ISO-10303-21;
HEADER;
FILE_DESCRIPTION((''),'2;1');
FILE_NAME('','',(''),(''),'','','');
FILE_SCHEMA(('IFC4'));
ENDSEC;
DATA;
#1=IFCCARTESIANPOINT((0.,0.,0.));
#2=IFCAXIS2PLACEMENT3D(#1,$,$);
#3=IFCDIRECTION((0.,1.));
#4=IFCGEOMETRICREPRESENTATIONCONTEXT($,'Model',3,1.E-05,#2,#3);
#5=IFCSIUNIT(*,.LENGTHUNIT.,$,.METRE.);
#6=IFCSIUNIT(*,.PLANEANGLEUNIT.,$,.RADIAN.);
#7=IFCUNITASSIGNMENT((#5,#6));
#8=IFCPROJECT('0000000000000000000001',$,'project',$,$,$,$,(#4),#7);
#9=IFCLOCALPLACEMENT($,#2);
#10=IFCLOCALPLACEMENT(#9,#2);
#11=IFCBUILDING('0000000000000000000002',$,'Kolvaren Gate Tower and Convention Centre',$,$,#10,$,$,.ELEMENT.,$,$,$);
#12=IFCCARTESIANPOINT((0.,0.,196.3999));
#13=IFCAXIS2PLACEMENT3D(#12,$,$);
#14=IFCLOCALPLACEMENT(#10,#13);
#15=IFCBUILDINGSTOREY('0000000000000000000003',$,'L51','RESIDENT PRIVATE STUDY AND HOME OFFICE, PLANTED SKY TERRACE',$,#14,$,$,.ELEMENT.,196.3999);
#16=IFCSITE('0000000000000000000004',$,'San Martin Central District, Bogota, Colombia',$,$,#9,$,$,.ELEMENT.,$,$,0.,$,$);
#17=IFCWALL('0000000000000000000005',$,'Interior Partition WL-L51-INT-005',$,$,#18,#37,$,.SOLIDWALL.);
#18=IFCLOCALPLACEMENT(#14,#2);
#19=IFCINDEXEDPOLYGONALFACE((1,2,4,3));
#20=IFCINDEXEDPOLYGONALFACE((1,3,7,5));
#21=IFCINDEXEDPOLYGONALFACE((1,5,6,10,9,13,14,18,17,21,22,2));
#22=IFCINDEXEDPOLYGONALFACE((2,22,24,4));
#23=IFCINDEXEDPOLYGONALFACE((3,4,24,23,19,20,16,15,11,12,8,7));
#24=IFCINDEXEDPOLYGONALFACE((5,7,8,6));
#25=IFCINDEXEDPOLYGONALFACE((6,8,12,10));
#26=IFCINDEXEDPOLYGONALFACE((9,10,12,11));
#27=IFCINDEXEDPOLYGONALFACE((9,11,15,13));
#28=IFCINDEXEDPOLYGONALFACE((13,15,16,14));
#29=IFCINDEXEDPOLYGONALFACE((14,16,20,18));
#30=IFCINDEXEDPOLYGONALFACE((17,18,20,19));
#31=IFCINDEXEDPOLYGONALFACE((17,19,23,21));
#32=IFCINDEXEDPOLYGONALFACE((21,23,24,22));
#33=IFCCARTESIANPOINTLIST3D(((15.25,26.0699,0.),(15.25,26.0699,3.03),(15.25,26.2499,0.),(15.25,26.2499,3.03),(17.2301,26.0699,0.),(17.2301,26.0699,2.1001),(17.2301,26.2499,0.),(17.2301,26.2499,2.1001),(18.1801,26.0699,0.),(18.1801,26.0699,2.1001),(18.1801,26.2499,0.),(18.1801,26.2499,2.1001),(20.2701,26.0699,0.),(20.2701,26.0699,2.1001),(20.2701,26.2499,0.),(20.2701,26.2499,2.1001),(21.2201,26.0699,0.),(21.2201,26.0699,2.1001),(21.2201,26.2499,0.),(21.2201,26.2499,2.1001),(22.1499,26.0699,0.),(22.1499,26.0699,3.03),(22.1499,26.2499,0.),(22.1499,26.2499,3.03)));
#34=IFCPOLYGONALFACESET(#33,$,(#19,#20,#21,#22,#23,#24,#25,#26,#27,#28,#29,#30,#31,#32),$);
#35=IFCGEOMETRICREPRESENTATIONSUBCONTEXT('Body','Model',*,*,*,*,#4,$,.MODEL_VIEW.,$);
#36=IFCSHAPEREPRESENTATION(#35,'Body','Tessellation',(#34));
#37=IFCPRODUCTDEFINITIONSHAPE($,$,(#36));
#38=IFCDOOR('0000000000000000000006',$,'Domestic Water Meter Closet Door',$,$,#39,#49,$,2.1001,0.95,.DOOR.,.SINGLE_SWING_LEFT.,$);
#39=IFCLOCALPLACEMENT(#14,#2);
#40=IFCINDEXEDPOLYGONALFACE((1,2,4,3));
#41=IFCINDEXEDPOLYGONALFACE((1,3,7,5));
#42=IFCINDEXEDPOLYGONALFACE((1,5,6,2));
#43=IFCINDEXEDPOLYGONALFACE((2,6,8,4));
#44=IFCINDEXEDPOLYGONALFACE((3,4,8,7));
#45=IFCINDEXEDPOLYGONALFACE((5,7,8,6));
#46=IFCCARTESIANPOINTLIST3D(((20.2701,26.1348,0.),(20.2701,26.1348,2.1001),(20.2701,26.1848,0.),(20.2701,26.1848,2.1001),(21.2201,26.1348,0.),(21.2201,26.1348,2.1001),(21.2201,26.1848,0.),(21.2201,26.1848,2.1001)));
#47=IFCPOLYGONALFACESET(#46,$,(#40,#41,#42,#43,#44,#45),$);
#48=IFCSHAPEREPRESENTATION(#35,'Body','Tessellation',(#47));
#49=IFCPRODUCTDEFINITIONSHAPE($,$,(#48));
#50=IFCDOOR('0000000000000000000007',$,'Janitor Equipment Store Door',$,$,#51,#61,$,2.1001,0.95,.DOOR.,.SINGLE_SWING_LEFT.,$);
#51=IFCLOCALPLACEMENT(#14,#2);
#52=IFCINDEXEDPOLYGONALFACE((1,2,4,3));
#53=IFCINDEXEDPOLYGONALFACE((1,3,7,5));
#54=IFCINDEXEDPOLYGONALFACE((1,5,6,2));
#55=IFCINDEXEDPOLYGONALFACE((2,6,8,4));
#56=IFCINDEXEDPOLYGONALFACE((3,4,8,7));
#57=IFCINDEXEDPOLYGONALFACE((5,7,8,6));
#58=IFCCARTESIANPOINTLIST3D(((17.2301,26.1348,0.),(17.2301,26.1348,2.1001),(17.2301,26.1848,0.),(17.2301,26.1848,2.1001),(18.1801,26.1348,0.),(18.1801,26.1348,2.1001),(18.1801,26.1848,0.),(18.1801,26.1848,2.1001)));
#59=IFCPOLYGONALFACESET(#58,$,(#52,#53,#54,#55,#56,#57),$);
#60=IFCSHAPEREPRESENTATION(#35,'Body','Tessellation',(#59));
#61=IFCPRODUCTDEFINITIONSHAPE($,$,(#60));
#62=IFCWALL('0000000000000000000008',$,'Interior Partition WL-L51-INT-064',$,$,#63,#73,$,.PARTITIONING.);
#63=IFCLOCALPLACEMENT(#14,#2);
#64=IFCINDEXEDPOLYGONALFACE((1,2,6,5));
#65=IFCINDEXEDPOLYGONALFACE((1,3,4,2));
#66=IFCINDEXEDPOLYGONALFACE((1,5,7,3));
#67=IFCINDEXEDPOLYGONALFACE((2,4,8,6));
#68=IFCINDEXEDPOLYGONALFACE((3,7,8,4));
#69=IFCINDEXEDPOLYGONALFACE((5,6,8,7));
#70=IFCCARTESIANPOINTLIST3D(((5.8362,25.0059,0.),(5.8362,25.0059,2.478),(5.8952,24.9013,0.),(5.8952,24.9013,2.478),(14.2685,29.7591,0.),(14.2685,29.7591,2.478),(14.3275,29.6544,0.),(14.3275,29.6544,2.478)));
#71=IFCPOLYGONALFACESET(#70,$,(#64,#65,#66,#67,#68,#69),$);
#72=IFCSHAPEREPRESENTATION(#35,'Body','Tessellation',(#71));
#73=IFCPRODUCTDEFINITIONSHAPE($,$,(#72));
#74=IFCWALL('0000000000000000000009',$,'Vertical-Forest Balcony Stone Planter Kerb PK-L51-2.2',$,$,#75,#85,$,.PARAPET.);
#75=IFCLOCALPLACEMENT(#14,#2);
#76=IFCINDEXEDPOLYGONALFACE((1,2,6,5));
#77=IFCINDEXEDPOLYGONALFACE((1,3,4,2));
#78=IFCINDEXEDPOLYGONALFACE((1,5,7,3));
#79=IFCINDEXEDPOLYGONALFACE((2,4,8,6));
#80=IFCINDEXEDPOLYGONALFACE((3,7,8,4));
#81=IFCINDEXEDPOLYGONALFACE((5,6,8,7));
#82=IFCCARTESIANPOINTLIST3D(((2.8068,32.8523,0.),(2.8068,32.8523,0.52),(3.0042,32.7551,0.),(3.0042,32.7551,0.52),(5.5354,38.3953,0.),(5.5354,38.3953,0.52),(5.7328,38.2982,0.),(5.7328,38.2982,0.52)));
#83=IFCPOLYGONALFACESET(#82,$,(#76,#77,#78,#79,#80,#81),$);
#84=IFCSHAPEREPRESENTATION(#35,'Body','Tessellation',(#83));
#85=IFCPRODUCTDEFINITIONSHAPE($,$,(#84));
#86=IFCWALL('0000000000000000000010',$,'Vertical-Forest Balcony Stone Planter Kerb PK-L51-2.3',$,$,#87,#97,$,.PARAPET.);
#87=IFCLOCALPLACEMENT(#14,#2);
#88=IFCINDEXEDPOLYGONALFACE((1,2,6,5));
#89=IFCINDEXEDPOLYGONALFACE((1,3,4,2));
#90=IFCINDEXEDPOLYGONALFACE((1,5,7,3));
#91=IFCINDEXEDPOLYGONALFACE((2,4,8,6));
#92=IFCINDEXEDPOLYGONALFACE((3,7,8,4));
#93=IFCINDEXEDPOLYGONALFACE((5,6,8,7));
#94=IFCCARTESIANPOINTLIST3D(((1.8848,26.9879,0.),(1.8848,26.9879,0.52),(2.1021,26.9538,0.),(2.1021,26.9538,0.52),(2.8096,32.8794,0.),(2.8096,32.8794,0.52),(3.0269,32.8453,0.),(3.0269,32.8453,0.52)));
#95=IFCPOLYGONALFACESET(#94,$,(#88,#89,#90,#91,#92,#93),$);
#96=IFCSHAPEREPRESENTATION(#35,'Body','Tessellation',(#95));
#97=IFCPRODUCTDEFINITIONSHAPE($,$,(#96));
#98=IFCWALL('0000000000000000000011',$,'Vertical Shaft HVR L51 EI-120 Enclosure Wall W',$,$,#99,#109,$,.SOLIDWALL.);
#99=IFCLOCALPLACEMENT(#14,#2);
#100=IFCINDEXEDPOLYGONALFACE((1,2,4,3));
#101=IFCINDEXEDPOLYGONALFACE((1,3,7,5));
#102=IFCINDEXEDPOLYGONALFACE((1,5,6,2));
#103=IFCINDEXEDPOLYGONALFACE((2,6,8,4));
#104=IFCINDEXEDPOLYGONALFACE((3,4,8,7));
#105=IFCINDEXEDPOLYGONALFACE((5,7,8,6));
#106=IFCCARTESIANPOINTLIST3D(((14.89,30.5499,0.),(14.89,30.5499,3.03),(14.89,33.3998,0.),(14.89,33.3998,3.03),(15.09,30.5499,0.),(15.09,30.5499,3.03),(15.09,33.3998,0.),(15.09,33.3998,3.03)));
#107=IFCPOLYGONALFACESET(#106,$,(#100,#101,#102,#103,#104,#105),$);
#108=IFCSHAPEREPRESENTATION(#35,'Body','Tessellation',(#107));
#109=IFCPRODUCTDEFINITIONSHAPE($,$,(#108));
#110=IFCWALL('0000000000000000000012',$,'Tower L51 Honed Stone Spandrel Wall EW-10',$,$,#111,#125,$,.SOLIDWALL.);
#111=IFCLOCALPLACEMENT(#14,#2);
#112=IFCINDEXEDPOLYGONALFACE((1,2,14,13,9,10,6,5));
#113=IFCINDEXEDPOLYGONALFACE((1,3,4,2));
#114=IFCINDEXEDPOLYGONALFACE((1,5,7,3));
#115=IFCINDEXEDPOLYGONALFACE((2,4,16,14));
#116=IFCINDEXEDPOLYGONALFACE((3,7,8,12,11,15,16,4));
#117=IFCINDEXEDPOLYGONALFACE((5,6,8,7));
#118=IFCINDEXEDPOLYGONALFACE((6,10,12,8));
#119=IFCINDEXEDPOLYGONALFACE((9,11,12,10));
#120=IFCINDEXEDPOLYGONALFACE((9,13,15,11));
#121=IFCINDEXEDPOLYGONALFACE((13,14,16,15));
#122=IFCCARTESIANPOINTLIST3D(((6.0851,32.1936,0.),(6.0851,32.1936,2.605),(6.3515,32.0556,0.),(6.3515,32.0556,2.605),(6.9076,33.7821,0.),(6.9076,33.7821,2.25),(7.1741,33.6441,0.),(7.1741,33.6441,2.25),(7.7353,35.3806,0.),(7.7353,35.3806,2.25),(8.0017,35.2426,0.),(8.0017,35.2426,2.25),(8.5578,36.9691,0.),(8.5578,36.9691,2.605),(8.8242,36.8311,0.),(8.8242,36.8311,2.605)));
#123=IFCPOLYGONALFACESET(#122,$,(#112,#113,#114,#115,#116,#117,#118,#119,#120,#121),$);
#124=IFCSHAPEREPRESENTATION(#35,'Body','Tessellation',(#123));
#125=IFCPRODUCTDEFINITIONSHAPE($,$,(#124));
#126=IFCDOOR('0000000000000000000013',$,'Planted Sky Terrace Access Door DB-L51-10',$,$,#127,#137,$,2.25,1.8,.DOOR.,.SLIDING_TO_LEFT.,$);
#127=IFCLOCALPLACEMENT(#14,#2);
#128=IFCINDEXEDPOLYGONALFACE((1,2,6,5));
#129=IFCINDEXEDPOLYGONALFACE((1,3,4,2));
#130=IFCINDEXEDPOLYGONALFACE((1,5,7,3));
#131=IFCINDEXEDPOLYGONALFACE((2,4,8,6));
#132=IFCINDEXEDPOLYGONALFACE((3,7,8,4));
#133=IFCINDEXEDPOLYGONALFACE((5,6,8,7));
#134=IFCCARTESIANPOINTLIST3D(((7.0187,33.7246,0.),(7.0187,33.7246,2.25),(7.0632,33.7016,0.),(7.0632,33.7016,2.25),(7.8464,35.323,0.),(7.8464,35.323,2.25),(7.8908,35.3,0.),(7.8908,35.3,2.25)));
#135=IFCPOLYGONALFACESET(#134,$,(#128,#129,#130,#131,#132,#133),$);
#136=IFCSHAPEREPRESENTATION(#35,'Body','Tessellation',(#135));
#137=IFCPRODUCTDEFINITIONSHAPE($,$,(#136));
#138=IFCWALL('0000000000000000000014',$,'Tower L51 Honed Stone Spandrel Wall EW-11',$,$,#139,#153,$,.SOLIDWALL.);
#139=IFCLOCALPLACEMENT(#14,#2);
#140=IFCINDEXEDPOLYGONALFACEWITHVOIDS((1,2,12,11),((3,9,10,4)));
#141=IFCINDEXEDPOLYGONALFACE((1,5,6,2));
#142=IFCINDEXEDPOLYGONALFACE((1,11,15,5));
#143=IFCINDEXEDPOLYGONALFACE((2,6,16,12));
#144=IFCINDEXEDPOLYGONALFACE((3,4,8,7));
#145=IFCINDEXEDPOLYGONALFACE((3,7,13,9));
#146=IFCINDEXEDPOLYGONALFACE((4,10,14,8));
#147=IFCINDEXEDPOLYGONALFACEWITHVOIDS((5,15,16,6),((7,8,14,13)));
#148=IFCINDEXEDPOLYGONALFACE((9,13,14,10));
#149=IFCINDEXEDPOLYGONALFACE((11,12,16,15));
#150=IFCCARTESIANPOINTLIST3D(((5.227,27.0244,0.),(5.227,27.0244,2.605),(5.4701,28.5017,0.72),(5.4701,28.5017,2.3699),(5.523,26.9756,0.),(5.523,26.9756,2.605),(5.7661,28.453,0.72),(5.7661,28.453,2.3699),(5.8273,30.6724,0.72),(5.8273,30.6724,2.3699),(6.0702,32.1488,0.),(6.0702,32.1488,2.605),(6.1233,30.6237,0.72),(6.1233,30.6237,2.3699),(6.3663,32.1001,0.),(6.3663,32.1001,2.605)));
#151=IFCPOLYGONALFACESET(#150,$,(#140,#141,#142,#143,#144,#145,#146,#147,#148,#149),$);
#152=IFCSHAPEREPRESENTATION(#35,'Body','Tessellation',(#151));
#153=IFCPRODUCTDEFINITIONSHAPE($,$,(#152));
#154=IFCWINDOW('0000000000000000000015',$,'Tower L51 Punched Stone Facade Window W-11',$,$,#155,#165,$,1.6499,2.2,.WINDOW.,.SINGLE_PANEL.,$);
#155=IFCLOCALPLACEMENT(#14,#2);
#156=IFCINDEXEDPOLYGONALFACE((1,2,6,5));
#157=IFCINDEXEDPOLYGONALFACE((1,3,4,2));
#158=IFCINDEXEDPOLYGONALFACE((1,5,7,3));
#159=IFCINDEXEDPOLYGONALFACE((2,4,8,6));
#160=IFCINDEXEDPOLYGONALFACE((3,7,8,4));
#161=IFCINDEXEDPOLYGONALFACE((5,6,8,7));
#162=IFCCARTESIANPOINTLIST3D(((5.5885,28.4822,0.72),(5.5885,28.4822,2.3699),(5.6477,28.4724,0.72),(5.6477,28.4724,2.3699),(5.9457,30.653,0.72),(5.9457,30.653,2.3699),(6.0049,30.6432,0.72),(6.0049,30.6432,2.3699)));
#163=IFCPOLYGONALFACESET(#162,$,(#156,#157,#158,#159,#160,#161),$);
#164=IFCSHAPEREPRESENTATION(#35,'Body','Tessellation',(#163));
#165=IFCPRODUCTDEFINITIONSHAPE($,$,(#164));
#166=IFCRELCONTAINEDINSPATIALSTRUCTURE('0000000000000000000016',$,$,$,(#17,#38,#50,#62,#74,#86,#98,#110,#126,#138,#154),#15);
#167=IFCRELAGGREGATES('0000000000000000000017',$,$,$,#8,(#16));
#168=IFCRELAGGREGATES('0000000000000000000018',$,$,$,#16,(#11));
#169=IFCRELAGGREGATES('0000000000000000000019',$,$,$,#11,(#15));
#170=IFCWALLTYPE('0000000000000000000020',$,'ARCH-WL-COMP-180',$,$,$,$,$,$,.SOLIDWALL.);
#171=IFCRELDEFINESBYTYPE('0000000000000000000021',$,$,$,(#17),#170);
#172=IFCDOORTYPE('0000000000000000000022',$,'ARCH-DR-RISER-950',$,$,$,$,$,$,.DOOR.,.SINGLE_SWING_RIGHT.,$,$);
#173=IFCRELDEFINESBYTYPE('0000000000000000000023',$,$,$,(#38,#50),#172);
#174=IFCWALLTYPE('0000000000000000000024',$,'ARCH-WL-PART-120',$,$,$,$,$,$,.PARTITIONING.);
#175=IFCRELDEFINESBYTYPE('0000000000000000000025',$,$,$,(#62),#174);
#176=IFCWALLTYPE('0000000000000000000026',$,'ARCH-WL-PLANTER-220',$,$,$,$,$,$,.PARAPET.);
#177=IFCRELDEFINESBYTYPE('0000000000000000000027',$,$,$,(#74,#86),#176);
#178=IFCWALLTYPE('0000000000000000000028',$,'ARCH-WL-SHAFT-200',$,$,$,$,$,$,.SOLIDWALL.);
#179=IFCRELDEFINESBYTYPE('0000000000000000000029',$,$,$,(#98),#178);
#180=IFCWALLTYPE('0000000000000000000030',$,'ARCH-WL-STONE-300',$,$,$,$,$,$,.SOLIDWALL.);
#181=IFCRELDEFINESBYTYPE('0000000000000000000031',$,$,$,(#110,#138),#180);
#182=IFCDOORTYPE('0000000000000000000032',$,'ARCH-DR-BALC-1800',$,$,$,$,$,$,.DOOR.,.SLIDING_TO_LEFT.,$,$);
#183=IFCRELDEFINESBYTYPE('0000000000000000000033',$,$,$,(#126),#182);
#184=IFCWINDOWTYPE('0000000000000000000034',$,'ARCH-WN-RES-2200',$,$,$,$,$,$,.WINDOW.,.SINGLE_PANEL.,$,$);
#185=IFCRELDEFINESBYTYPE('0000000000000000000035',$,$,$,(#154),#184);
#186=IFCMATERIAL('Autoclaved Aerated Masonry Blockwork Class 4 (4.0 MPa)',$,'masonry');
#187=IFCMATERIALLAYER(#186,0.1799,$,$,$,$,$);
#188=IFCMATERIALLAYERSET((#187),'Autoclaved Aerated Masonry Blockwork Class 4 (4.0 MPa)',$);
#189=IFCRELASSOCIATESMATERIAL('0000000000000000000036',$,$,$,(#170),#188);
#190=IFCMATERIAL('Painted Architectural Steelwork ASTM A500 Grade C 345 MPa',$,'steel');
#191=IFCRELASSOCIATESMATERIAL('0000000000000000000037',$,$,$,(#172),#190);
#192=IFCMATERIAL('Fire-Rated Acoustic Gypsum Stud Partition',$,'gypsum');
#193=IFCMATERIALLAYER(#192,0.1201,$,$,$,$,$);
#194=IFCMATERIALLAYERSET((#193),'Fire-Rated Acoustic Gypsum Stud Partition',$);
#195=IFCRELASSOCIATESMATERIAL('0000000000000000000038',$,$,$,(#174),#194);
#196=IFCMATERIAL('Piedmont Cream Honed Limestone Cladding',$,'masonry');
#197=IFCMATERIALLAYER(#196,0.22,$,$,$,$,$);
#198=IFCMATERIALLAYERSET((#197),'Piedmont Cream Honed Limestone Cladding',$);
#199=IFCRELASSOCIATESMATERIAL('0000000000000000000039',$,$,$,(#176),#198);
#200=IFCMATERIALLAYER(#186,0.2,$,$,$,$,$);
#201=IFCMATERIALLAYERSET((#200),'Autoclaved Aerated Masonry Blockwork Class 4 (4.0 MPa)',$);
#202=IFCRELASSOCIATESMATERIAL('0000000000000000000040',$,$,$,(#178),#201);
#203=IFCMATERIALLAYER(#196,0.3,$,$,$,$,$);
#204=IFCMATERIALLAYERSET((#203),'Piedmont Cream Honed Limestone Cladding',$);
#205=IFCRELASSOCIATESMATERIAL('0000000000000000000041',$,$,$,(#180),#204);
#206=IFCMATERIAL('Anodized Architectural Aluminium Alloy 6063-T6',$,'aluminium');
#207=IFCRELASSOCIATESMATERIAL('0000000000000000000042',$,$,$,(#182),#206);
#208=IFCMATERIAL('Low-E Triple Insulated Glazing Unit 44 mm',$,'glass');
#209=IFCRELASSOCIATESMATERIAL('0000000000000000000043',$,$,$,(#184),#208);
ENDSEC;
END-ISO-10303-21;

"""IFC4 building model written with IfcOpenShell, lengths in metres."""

from ifc_helpers import new_model, si_unit, direction, frame, frame_2d, origin, place, context, subcontext, project, spatial, rectangle, extrude, material, layer, layer_set, type_object, element, fill, save


model = new_model("IFC4")

# Units and contexts
model_context = context("Model", 3, precision=1e-05, world=origin(), true_north=direction((0.0, 1.0)))
body_context = subcontext(model_context, "Body", "Model", "MODEL_VIEW")
ifc_project = project(units=[si_unit("LENGTHUNIT", "METRE"), si_unit("PLANEANGLEUNIT", "RADIAN")], contexts=[model_context])

# Site, building, storey
site_placement = place(None, origin())
site = spatial("IfcSite", under=ifc_project, at=site_placement, Name="San Martin Central District, Bogota, Colombia", CompositionType="ELEMENT", RefElevation=0.0)
building_placement = place(site_placement, origin())
building = spatial("IfcBuilding", under=site, at=building_placement, Name="Kolvaren Gate Tower and Convention Centre", CompositionType="ELEMENT")
storey_placement = place(building_placement, frame((0.0, 0.0, 196.3999)))
storey = spatial("IfcBuildingStorey", under=building, at=storey_placement, Name="L51", Description="RESIDENT PRIVATE STUDY AND HOME OFFICE, PLANTED SKY TERRACE", CompositionType="ELEMENT", Elevation=196.3999)

# Wall, openings, doors
ifc_material_1 = material(Name="Autoclaved Aerated Masonry Blockwork Class 4 (4.0 MPa)", Category="masonry")
ifc_layer_1 = layer(ifc_material_1, 0.1799)
ifc_layer_set_1 = layer_set([ifc_layer_1], Name="Autoclaved Aerated Masonry Blockwork Class 4 (4.0 MPa)")
wall_type_1 = type_object("IfcWallType", Name="ARCH-WL-COMP-180", PredefinedType="SOLIDWALL", material=ifc_layer_set_1)
ifc_material_2 = material(Name="Painted Architectural Steelwork ASTM A500 Grade C 345 MPa", Category="steel")
door_type_1 = type_object("IfcDoorType", Name="ARCH-DR-RISER-950", OperationType="SINGLE_SWING_RIGHT", PredefinedType="DOOR", material=ifc_material_2)
wall_1_placement = place(storey_placement, frame((15.25, 26.1599, 0.0), z_axis=(0.0, 0.0, 1.0), x_axis=(1.0, 0.0, 0.0)))
wall_1 = element("IfcWall", 1, at=wall_1_placement, inside=storey, type_object=wall_type_1, Name="Interior Partition WL-L51-INT-005", PredefinedType="SOLIDWALL", context=body_context, shape_type="SweptSolid", body=[
    extrude(rectangle(XDim=6.8999, YDim=0.1799, at=frame_2d((3.45, 0.0))), origin(), (0.0, 0.0, 1.0), 3.03),
])
opening_1_placement = place(wall_1_placement, frame((5.02, 0.0, 0.0)))
opening_1 = element("IfcOpeningElement", 2, at=opening_1_placement, cuts=wall_1, PredefinedType="OPENING", context=body_context, shape_type="SweptSolid", body=[
    extrude(rectangle(XDim=0.95, YDim=2.1001, at=frame_2d((0.4751, 1.05))), frame((0.0, 0.0999, 0.0), z_axis=(0.0, -1.0, 0.0), x_axis=(1.0, 0.0, 0.0)), (0.0, 0.0, 1.0), 0.2),
])
opening_2_placement = place(wall_1_placement, frame((1.98, 0.0, 0.0)))
opening_2 = element("IfcOpeningElement", 3, at=opening_2_placement, cuts=wall_1, PredefinedType="OPENING", context=body_context, shape_type="SweptSolid", body=[
    extrude(rectangle(XDim=0.95, YDim=2.1001, at=frame_2d((0.4751, 1.05))), frame((0.0, 0.0999, 0.0), z_axis=(0.0, -1.0, 0.0), x_axis=(1.0, 0.0, 0.0)), (0.0, 0.0, 1.0), 0.2),
])
door_1_placement = place(opening_1_placement, origin())
door_1 = element("IfcDoor", 4, at=door_1_placement, inside=storey, type_object=door_type_1, Name="Domestic Water Meter Closet Door", OperationType="SINGLE_SWING_LEFT", OverallHeight=2.1001, OverallWidth=0.95, PredefinedType="DOOR", context=body_context, shape_type="SweptSolid", body=[
    extrude(rectangle(XDim=0.95, YDim=2.1001, at=frame_2d((0.4751, 1.05))), frame((0.0, 0.0249, 0.0), z_axis=(0.0, -1.0, 0.0), x_axis=(1.0, 0.0, 0.0)), (0.0, 0.0, 1.0), 0.05),
])
fill(opening_1, door_1)
door_2_placement = place(opening_2_placement, origin())
door_2 = element("IfcDoor", 5, at=door_2_placement, inside=storey, type_object=door_type_1, Name="Janitor Equipment Store Door", OperationType="SINGLE_SWING_LEFT", OverallHeight=2.1001, OverallWidth=0.95, PredefinedType="DOOR", context=body_context, shape_type="SweptSolid", body=[
    extrude(rectangle(XDim=0.95, YDim=2.1001, at=frame_2d((0.4751, 1.05))), frame((0.0, 0.0249, 0.0), z_axis=(0.0, -1.0, 0.0), x_axis=(1.0, 0.0, 0.0)), (0.0, 0.0, 1.0), 0.05),
])
fill(opening_2, door_2)

# Walls
ifc_material_3 = material(Name="Fire-Rated Acoustic Gypsum Stud Partition", Category="gypsum")
ifc_layer_2 = layer(ifc_material_3, 0.1201)
ifc_layer_set_2 = layer_set([ifc_layer_2], Name="Fire-Rated Acoustic Gypsum Stud Partition")
wall_type_2 = type_object("IfcWallType", Name="ARCH-WL-PART-120", PredefinedType="PARTITIONING", material=ifc_layer_set_2)
wall_2_placement = place(storey_placement, frame((5.8657, 24.9536, 0.0), z_axis=(0.0, 0.0, 1.0), x_axis=(0.871135, 0.491043, 0.0)))
element("IfcWall", 6, at=wall_2_placement, inside=storey, type_object=wall_type_2, Name="Interior Partition WL-L51-INT-064", PredefinedType="PARTITIONING", context=body_context, shape_type="SweptSolid", body=[
    extrude(rectangle(XDim=9.6797, YDim=0.1201, at=frame_2d((4.8398, 0.0))), origin(), (0.0, 0.0, 1.0), 2.478),
])
ifc_material_4 = material(Name="Piedmont Cream Honed Limestone Cladding", Category="masonry")
ifc_layer_3 = layer(ifc_material_4, 0.22)
ifc_layer_set_3 = layer_set([ifc_layer_3], Name="Piedmont Cream Honed Limestone Cladding")
wall_type_3 = type_object("IfcWallType", Name="ARCH-WL-PLANTER-220", PredefinedType="PARAPET", material=ifc_layer_set_3)
wall_3_placement = place(storey_placement, frame((2.9055, 32.8037, 0.0), z_axis=(0.0, 0.0, 1.0), x_axis=(0.441641, 0.897192, 0.0)))
element("IfcWall", 7, at=wall_3_placement, inside=storey, type_object=wall_type_3, Name="Vertical-Forest Balcony Stone Planter Kerb PK-L51-2.2", PredefinedType="PARAPET", context=body_context, shape_type="SweptSolid", body=[
    extrude(rectangle(XDim=6.1782, YDim=0.22, at=frame_2d((3.0891, 0.0))), origin(), (0.0, 0.0, 1.0), 0.52),
])
wall_4_placement = place(storey_placement, frame((1.9934, 26.9707, 0.0), z_axis=(0.0, 0.0, 1.0), x_axis=(0.155071, 0.987903, 0.0)))
element("IfcWall", 8, at=wall_4_placement, inside=storey, type_object=wall_type_3, Name="Vertical-Forest Balcony Stone Planter Kerb PK-L51-2.3", PredefinedType="PARAPET", context=body_context, shape_type="SweptSolid", body=[
    extrude(rectangle(XDim=5.9636, YDim=0.22, at=frame_2d((2.9819, 0.0))), origin(), (0.0, 0.0, 1.0), 0.52),
])
ifc_layer_4 = layer(ifc_material_1, 0.2)
ifc_layer_set_4 = layer_set([ifc_layer_4], Name="Autoclaved Aerated Masonry Blockwork Class 4 (4.0 MPa)")
wall_type_4 = type_object("IfcWallType", Name="ARCH-WL-SHAFT-200", PredefinedType="SOLIDWALL", material=ifc_layer_set_4)
wall_5_placement = place(storey_placement, frame((14.99, 30.55, 0.0), z_axis=(0.0, 0.0, 1.0), x_axis=(0.0, 1.0, 0.0)))
element("IfcWall", 9, at=wall_5_placement, inside=storey, type_object=wall_type_4, Name="Vertical Shaft HVR L51 EI-120 Enclosure Wall W", PredefinedType="SOLIDWALL", context=body_context, shape_type="SweptSolid", body=[
    extrude(rectangle(XDim=2.8499, YDim=0.2, at=frame_2d((1.4248, 0.0))), origin(), (0.0, 0.0, 1.0), 3.03),
])

# Wall, opening, door
ifc_layer_5 = layer(ifc_material_4, 0.3)
ifc_layer_set_5 = layer_set([ifc_layer_5], Name="Piedmont Cream Honed Limestone Cladding")
wall_type_5 = type_object("IfcWallType", Name="ARCH-WL-STONE-300", PredefinedType="SOLIDWALL", material=ifc_layer_set_5)
wall_6_placement = place(storey_placement, frame((6.2183, 32.1245, 0.0), z_axis=(0.0, 0.0, 1.0), x_axis=(0.459808, 0.888018, 0.0)))
wall_6 = element("IfcWall", 10, at=wall_6_placement, inside=storey, type_object=wall_type_5, Name="Tower L51 Honed Stone Spandrel Wall EW-10", PredefinedType="SOLIDWALL", context=body_context, shape_type="SweptSolid", body=[
    extrude(rectangle(XDim=5.3777, YDim=0.3, at=frame_2d((2.689, 0.0))), origin(), (0.0, 0.0, 1.0), 2.605),
])
opening_3_placement = place(wall_6_placement, frame((1.7891, 0.0, 0.0)))
opening_3 = element("IfcOpeningElement", 11, at=opening_3_placement, cuts=wall_6, PredefinedType="OPENING", context=body_context, shape_type="SweptSolid", body=[
    extrude(rectangle(XDim=1.8, YDim=2.25, at=frame_2d((0.8999, 1.125))), frame((0.0, 0.1599, 0.0), z_axis=(0.0, -1.0, 0.0), x_axis=(1.0, 0.0, 0.0)), (0.0, 0.0, 1.0), 0.3201),
])
ifc_material_5 = material(Name="Anodized Architectural Aluminium Alloy 6063-T6", Category="aluminium")
door_type_2 = type_object("IfcDoorType", Name="ARCH-DR-BALC-1800", OperationType="SLIDING_TO_LEFT", PredefinedType="DOOR", material=ifc_material_5)
door_3_placement = place(opening_3_placement, origin())
door_3 = element("IfcDoor", 12, at=door_3_placement, inside=storey, type_object=door_type_2, Name="Planted Sky Terrace Access Door DB-L51-10", OperationType="SLIDING_TO_LEFT", OverallHeight=2.25, OverallWidth=1.8, PredefinedType="DOOR", context=body_context, shape_type="SweptSolid", body=[
    extrude(rectangle(XDim=1.8, YDim=2.25, at=frame_2d((0.8999, 1.125))), frame((0.0, 0.0249, 0.0), z_axis=(0.0, -1.0, 0.0), x_axis=(1.0, 0.0, 0.0)), (0.0, 0.0, 1.0), 0.05),
])
fill(opening_3, door_3)

# Wall, opening, window
wall_7_placement = place(storey_placement, frame((5.375, 27.0, 0.0), z_axis=(0.0, 0.0, 1.0), x_axis=(0.162371, 0.98673, 0.0)))
wall_7 = element("IfcWall", 13, at=wall_7_placement, inside=storey, type_object=wall_type_5, Name="Tower L51 Honed Stone Spandrel Wall EW-11", PredefinedType="SOLIDWALL", context=body_context, shape_type="SweptSolid", body=[
    extrude(rectangle(XDim=5.1934, YDim=0.3, at=frame_2d((2.5967, 0.0))), origin(), (0.0, 0.0, 1.0), 2.605),
])
opening_4_placement = place(wall_7_placement, frame((1.4971, 0.0, 0.72)))
opening_4 = element("IfcOpeningElement", 14, at=opening_4_placement, cuts=wall_7, PredefinedType="OPENING", context=body_context, shape_type="SweptSolid", body=[
    extrude(rectangle(XDim=2.2, YDim=1.6499, at=frame_2d((1.1001, 0.825))), frame((0.0, 0.1599, 0.0), z_axis=(0.0, -1.0, 0.0), x_axis=(1.0, 0.0, 0.0)), (0.0, 0.0, 1.0), 0.3201),
])
ifc_material_6 = material(Name="Low-E Triple Insulated Glazing Unit 44 mm", Category="glass")
window_type = type_object("IfcWindowType", Name="ARCH-WN-RES-2200", PartitioningType="SINGLE_PANEL", PredefinedType="WINDOW", material=ifc_material_6)
window_1_placement = place(opening_4_placement, origin())
window_1 = element("IfcWindow", 15, at=window_1_placement, inside=storey, type_object=window_type, Name="Tower L51 Punched Stone Facade Window W-11", OverallHeight=1.6499, OverallWidth=2.2, PartitioningType="SINGLE_PANEL", PredefinedType="WINDOW", context=body_context, shape_type="SweptSolid", body=[
    extrude(rectangle(XDim=2.2, YDim=1.6499, at=frame_2d((1.1001, 0.825))), frame((0.0, 0.03, 0.0), z_axis=(0.0, -1.0, 0.0), x_axis=(1.0, 0.0, 0.0)), (0.0, 0.0, 1.0), 0.0601),
])
fill(opening_4, window_1)

save(model, "model.ifc")
